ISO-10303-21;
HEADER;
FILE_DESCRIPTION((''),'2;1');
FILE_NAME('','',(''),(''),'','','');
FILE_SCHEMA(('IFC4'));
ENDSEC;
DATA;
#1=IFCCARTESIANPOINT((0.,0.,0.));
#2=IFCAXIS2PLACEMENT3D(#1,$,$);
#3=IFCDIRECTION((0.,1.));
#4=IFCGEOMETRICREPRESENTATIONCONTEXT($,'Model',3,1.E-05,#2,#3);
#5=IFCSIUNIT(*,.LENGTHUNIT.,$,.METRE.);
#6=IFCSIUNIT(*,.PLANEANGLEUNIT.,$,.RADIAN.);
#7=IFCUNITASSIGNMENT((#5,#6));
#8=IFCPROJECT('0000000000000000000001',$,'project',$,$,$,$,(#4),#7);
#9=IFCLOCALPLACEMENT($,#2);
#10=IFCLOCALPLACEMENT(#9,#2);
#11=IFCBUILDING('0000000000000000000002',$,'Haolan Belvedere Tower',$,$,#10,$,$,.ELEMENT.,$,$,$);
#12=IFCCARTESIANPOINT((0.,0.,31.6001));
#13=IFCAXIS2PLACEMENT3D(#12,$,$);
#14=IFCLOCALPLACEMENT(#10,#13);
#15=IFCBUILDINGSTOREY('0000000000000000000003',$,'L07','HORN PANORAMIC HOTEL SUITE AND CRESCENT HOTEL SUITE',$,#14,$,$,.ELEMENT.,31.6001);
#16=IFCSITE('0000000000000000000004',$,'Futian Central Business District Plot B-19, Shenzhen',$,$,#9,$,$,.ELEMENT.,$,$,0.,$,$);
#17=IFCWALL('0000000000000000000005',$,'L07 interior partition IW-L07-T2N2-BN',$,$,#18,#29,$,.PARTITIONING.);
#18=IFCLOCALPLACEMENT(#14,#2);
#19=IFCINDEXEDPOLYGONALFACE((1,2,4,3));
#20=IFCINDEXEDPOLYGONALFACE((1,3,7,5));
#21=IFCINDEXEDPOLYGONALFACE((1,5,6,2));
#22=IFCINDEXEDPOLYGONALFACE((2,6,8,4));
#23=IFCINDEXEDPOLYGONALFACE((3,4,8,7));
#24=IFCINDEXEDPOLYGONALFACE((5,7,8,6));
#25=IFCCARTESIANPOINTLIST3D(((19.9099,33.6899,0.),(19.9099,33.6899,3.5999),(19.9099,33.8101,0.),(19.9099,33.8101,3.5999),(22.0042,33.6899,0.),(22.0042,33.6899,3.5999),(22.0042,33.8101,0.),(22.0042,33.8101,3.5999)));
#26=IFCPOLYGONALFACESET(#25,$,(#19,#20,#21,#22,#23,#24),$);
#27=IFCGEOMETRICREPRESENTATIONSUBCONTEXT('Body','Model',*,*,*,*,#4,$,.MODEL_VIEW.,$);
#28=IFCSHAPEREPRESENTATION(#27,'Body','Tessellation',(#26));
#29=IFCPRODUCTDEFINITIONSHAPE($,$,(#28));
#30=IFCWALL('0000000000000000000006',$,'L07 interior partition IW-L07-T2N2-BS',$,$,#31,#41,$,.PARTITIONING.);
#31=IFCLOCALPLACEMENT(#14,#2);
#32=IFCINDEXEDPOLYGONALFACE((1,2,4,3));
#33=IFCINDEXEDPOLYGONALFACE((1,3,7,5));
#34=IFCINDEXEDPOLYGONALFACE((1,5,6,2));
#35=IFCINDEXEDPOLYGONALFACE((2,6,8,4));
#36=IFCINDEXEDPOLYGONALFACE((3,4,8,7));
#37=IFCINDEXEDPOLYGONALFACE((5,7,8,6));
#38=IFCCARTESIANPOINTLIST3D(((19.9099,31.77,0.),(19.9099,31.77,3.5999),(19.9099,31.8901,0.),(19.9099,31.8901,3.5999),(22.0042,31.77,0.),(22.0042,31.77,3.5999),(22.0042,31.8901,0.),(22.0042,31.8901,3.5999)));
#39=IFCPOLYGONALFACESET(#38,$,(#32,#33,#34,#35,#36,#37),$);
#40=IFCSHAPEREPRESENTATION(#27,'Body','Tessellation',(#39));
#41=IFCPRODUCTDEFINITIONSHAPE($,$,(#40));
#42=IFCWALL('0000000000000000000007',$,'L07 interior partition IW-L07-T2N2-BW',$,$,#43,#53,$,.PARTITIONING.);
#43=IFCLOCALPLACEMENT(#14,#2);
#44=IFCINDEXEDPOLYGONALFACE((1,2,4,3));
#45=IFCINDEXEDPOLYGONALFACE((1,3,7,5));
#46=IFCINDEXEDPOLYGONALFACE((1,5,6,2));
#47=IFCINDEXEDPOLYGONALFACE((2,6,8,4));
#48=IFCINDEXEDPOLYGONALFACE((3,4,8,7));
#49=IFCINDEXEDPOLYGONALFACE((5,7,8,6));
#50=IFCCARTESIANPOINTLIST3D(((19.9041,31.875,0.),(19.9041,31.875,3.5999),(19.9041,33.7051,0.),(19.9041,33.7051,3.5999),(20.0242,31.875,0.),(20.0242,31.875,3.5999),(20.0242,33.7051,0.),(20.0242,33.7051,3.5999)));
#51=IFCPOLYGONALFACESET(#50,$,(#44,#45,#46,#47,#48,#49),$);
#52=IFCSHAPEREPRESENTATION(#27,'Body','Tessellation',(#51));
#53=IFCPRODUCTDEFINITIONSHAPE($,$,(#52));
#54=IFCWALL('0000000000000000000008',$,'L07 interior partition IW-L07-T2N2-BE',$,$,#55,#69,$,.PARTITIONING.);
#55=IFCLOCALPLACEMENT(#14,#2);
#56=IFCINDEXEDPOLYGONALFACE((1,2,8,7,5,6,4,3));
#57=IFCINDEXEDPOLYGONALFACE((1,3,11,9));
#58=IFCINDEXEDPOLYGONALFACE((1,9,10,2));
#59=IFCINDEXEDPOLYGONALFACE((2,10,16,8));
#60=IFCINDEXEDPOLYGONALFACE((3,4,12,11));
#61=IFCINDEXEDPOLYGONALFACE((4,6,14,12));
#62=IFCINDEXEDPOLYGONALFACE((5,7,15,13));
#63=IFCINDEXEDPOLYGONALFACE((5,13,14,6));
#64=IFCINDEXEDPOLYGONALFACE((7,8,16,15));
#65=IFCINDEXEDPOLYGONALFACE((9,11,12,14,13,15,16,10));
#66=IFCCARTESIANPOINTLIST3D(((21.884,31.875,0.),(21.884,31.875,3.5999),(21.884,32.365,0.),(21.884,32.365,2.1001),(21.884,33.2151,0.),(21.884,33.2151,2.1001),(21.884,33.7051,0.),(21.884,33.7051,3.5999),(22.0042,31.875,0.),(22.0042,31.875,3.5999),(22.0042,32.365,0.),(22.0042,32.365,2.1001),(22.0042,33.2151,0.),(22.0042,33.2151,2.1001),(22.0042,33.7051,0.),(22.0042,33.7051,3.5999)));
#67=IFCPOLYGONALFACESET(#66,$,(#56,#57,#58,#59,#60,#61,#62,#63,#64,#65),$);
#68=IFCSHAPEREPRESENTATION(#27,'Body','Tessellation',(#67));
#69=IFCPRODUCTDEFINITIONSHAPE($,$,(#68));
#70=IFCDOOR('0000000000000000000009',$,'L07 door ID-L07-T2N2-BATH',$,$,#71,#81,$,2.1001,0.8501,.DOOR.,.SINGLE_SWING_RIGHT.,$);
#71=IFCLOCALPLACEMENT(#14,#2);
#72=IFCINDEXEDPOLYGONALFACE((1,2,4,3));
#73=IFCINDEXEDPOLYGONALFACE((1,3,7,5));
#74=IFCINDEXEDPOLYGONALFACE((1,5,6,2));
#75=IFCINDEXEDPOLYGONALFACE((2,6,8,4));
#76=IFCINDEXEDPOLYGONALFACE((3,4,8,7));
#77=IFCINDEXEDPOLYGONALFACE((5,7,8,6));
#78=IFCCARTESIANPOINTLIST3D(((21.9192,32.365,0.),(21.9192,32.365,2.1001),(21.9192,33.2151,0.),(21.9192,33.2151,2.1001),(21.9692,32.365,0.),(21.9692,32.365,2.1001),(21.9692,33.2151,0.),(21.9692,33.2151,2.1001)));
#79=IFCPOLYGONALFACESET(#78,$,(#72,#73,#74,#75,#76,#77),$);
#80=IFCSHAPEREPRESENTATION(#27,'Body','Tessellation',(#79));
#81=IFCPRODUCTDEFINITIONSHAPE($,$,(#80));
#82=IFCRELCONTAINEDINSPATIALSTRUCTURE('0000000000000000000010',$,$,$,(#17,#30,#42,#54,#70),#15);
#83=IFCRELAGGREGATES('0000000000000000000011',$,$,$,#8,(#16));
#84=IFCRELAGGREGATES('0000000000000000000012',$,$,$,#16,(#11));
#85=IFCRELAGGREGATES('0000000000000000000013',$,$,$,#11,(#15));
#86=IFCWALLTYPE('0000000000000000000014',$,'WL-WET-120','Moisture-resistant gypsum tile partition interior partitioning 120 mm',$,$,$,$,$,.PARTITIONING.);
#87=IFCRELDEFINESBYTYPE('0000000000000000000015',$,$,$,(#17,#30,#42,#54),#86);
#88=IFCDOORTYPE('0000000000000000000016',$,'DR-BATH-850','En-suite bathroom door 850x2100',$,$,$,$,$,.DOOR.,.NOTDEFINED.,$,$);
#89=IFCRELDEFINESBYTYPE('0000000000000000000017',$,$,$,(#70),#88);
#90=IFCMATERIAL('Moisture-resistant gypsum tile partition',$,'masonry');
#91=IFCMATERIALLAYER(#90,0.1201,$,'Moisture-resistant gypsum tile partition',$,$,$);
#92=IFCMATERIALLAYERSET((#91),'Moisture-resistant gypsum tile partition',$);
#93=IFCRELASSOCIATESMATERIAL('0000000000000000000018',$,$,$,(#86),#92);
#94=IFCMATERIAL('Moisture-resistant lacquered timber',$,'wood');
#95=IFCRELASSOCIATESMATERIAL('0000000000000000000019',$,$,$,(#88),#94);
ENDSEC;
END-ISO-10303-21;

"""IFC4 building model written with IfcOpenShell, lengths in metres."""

from ifc_helpers import new_model, si_unit, direction, frame, frame_2d, origin, place, context, subcontext, project, spatial, rectangle, extrude, material, layer, layer_set, type_object, element, fill, save


model = new_model("IFC4")

# Units and contexts
model_context = context("Model", 3, precision=1e-05, world=origin(), true_north=direction((0.0, 1.0)))
body_context = subcontext(model_context, "Body", "Model", "MODEL_VIEW")
ifc_project = project(units=[si_unit("LENGTHUNIT", "METRE"), si_unit("PLANEANGLEUNIT", "RADIAN")], contexts=[model_context])

# Site, building, storey
site_placement = place(None, origin())
site = spatial("IfcSite", under=ifc_project, at=site_placement, Name="Futian Central Business District Plot B-19, Shenzhen", CompositionType="ELEMENT", RefElevation=0.0)
building_placement = place(site_placement, origin())
building = spatial("IfcBuilding", under=site, at=building_placement, Name="Haolan Belvedere Tower", CompositionType="ELEMENT")
storey_placement = place(building_placement, frame((0.0, 0.0, 31.6001)))
storey = spatial("IfcBuildingStorey", under=building, at=storey_placement, Name="L07", Description="HORN PANORAMIC HOTEL SUITE AND CRESCENT HOTEL SUITE", CompositionType="ELEMENT", Elevation=31.6001)

# Shared definitions
ifc_material_1 = material(Name="Moisture-resistant gypsum tile partition", Category="masonry")
ifc_layer_1 = layer(ifc_material_1, 0.1201, Name="Moisture-resistant gypsum tile partition")
ifc_layer_set_1 = layer_set([ifc_layer_1], Name="Moisture-resistant gypsum tile partition")
wall_type_1 = type_object("IfcWallType", Name="WL-WET-120", Description="Moisture-resistant gypsum tile partition interior partitioning 120 mm", PredefinedType="PARTITIONING", material=ifc_layer_set_1)

# Shared definitions
ifc_material_2 = material(Name="Moisture-resistant lacquered timber", Category="wood")
door_type = type_object("IfcDoorType", Name="DR-BATH-850", Description="En-suite bathroom door 850x2100", OperationType="NOTDEFINED", PredefinedType="DOOR", material=ifc_material_2)

# Walls
for number, where, z_axis, x_axis, name in (
    (1, (19.9099, 33.75, 0.0), (0.0, 0.0, 1.0), (1.0, 0.0, 0.0), "L07 interior partition IW-L07-T2N2-BN"),
    (2, (19.9099, 31.8301, 0.0), (0.0, 0.0, 1.0), (1.0, 0.0, 0.0), "L07 interior partition IW-L07-T2N2-BS"),
):
    element("IfcWall", number, at=place(storey_placement, frame(where, z_axis=z_axis, x_axis=x_axis)), inside=storey, type_object=wall_type_1, Name=name, PredefinedType="PARTITIONING", context=body_context, shape_type="SweptSolid", body=[
        extrude(rectangle(XDim=2.0942, YDim=0.1201, at=frame_2d((1.0471, 0.0))), origin(), (0.0, 0.0, 1.0), 3.5999),
    ])
wall_1_placement = place(storey_placement, frame((19.9641, 31.875, 0.0), z_axis=(0.0, 0.0, 1.0), x_axis=(0.0, 1.0, 0.0)))
element("IfcWall", 3, at=wall_1_placement, inside=storey, type_object=wall_type_1, Name="L07 interior partition IW-L07-T2N2-BW", PredefinedType="PARTITIONING", context=body_context, shape_type="SweptSolid", body=[
    extrude(rectangle(XDim=1.8301, YDim=0.1201, at=frame_2d((0.915, 0.0))), origin(), (0.0, 0.0, 1.0), 3.5999),
])

# Wall, opening, door
wall_2_placement = place(storey_placement, frame((21.9441, 31.875, 0.0), z_axis=(0.0, 0.0, 1.0), x_axis=(0.0, 1.0, 0.0)))
wall_2 = element("IfcWall", 4, at=wall_2_placement, inside=storey, type_object=wall_type_1, Name="L07 interior partition IW-L07-T2N2-BE", PredefinedType="PARTITIONING", context=body_context, shape_type="SweptSolid", body=[
    extrude(rectangle(XDim=1.8301, YDim=0.1201, at=frame_2d((0.915, 0.0))), origin(), (0.0, 0.0, 1.0), 3.5999),
])
opening_1_placement = place(wall_2_placement, frame((0.49, 0.0, 0.0)))
opening_1 = element("IfcOpeningElement", 5, at=opening_1_placement, cuts=wall_2, PredefinedType="OPENING", context=body_context, shape_type="SweptSolid", body=[
    extrude(rectangle(XDim=0.8501, YDim=2.1001, at=frame_2d((0.425, 1.05))), frame((0.0, 0.0701, 0.0), z_axis=(0.0, -1.0, 0.0), x_axis=(1.0, 0.0, 0.0)), (0.0, 0.0, 1.0), 0.1401),
])
door_1_placement = place(opening_1_placement, origin())
door_1 = element("IfcDoor", 6, at=door_1_placement, inside=storey, type_object=door_type, Name="L07 door ID-L07-T2N2-BATH", OperationType="SINGLE_SWING_RIGHT", OverallHeight=2.1001, OverallWidth=0.8501, PredefinedType="DOOR", context=body_context, shape_type="SweptSolid", body=[
    extrude(rectangle(XDim=0.8501, YDim=2.1001, at=frame_2d((0.425, 1.05))), frame((0.0, 0.0249, 0.0), z_axis=(0.0, -1.0, 0.0), x_axis=(1.0, 0.0, 0.0)), (0.0, 0.0, 1.0), 0.05),
])
fill(opening_1, door_1)

save(model, "model.ifc")
